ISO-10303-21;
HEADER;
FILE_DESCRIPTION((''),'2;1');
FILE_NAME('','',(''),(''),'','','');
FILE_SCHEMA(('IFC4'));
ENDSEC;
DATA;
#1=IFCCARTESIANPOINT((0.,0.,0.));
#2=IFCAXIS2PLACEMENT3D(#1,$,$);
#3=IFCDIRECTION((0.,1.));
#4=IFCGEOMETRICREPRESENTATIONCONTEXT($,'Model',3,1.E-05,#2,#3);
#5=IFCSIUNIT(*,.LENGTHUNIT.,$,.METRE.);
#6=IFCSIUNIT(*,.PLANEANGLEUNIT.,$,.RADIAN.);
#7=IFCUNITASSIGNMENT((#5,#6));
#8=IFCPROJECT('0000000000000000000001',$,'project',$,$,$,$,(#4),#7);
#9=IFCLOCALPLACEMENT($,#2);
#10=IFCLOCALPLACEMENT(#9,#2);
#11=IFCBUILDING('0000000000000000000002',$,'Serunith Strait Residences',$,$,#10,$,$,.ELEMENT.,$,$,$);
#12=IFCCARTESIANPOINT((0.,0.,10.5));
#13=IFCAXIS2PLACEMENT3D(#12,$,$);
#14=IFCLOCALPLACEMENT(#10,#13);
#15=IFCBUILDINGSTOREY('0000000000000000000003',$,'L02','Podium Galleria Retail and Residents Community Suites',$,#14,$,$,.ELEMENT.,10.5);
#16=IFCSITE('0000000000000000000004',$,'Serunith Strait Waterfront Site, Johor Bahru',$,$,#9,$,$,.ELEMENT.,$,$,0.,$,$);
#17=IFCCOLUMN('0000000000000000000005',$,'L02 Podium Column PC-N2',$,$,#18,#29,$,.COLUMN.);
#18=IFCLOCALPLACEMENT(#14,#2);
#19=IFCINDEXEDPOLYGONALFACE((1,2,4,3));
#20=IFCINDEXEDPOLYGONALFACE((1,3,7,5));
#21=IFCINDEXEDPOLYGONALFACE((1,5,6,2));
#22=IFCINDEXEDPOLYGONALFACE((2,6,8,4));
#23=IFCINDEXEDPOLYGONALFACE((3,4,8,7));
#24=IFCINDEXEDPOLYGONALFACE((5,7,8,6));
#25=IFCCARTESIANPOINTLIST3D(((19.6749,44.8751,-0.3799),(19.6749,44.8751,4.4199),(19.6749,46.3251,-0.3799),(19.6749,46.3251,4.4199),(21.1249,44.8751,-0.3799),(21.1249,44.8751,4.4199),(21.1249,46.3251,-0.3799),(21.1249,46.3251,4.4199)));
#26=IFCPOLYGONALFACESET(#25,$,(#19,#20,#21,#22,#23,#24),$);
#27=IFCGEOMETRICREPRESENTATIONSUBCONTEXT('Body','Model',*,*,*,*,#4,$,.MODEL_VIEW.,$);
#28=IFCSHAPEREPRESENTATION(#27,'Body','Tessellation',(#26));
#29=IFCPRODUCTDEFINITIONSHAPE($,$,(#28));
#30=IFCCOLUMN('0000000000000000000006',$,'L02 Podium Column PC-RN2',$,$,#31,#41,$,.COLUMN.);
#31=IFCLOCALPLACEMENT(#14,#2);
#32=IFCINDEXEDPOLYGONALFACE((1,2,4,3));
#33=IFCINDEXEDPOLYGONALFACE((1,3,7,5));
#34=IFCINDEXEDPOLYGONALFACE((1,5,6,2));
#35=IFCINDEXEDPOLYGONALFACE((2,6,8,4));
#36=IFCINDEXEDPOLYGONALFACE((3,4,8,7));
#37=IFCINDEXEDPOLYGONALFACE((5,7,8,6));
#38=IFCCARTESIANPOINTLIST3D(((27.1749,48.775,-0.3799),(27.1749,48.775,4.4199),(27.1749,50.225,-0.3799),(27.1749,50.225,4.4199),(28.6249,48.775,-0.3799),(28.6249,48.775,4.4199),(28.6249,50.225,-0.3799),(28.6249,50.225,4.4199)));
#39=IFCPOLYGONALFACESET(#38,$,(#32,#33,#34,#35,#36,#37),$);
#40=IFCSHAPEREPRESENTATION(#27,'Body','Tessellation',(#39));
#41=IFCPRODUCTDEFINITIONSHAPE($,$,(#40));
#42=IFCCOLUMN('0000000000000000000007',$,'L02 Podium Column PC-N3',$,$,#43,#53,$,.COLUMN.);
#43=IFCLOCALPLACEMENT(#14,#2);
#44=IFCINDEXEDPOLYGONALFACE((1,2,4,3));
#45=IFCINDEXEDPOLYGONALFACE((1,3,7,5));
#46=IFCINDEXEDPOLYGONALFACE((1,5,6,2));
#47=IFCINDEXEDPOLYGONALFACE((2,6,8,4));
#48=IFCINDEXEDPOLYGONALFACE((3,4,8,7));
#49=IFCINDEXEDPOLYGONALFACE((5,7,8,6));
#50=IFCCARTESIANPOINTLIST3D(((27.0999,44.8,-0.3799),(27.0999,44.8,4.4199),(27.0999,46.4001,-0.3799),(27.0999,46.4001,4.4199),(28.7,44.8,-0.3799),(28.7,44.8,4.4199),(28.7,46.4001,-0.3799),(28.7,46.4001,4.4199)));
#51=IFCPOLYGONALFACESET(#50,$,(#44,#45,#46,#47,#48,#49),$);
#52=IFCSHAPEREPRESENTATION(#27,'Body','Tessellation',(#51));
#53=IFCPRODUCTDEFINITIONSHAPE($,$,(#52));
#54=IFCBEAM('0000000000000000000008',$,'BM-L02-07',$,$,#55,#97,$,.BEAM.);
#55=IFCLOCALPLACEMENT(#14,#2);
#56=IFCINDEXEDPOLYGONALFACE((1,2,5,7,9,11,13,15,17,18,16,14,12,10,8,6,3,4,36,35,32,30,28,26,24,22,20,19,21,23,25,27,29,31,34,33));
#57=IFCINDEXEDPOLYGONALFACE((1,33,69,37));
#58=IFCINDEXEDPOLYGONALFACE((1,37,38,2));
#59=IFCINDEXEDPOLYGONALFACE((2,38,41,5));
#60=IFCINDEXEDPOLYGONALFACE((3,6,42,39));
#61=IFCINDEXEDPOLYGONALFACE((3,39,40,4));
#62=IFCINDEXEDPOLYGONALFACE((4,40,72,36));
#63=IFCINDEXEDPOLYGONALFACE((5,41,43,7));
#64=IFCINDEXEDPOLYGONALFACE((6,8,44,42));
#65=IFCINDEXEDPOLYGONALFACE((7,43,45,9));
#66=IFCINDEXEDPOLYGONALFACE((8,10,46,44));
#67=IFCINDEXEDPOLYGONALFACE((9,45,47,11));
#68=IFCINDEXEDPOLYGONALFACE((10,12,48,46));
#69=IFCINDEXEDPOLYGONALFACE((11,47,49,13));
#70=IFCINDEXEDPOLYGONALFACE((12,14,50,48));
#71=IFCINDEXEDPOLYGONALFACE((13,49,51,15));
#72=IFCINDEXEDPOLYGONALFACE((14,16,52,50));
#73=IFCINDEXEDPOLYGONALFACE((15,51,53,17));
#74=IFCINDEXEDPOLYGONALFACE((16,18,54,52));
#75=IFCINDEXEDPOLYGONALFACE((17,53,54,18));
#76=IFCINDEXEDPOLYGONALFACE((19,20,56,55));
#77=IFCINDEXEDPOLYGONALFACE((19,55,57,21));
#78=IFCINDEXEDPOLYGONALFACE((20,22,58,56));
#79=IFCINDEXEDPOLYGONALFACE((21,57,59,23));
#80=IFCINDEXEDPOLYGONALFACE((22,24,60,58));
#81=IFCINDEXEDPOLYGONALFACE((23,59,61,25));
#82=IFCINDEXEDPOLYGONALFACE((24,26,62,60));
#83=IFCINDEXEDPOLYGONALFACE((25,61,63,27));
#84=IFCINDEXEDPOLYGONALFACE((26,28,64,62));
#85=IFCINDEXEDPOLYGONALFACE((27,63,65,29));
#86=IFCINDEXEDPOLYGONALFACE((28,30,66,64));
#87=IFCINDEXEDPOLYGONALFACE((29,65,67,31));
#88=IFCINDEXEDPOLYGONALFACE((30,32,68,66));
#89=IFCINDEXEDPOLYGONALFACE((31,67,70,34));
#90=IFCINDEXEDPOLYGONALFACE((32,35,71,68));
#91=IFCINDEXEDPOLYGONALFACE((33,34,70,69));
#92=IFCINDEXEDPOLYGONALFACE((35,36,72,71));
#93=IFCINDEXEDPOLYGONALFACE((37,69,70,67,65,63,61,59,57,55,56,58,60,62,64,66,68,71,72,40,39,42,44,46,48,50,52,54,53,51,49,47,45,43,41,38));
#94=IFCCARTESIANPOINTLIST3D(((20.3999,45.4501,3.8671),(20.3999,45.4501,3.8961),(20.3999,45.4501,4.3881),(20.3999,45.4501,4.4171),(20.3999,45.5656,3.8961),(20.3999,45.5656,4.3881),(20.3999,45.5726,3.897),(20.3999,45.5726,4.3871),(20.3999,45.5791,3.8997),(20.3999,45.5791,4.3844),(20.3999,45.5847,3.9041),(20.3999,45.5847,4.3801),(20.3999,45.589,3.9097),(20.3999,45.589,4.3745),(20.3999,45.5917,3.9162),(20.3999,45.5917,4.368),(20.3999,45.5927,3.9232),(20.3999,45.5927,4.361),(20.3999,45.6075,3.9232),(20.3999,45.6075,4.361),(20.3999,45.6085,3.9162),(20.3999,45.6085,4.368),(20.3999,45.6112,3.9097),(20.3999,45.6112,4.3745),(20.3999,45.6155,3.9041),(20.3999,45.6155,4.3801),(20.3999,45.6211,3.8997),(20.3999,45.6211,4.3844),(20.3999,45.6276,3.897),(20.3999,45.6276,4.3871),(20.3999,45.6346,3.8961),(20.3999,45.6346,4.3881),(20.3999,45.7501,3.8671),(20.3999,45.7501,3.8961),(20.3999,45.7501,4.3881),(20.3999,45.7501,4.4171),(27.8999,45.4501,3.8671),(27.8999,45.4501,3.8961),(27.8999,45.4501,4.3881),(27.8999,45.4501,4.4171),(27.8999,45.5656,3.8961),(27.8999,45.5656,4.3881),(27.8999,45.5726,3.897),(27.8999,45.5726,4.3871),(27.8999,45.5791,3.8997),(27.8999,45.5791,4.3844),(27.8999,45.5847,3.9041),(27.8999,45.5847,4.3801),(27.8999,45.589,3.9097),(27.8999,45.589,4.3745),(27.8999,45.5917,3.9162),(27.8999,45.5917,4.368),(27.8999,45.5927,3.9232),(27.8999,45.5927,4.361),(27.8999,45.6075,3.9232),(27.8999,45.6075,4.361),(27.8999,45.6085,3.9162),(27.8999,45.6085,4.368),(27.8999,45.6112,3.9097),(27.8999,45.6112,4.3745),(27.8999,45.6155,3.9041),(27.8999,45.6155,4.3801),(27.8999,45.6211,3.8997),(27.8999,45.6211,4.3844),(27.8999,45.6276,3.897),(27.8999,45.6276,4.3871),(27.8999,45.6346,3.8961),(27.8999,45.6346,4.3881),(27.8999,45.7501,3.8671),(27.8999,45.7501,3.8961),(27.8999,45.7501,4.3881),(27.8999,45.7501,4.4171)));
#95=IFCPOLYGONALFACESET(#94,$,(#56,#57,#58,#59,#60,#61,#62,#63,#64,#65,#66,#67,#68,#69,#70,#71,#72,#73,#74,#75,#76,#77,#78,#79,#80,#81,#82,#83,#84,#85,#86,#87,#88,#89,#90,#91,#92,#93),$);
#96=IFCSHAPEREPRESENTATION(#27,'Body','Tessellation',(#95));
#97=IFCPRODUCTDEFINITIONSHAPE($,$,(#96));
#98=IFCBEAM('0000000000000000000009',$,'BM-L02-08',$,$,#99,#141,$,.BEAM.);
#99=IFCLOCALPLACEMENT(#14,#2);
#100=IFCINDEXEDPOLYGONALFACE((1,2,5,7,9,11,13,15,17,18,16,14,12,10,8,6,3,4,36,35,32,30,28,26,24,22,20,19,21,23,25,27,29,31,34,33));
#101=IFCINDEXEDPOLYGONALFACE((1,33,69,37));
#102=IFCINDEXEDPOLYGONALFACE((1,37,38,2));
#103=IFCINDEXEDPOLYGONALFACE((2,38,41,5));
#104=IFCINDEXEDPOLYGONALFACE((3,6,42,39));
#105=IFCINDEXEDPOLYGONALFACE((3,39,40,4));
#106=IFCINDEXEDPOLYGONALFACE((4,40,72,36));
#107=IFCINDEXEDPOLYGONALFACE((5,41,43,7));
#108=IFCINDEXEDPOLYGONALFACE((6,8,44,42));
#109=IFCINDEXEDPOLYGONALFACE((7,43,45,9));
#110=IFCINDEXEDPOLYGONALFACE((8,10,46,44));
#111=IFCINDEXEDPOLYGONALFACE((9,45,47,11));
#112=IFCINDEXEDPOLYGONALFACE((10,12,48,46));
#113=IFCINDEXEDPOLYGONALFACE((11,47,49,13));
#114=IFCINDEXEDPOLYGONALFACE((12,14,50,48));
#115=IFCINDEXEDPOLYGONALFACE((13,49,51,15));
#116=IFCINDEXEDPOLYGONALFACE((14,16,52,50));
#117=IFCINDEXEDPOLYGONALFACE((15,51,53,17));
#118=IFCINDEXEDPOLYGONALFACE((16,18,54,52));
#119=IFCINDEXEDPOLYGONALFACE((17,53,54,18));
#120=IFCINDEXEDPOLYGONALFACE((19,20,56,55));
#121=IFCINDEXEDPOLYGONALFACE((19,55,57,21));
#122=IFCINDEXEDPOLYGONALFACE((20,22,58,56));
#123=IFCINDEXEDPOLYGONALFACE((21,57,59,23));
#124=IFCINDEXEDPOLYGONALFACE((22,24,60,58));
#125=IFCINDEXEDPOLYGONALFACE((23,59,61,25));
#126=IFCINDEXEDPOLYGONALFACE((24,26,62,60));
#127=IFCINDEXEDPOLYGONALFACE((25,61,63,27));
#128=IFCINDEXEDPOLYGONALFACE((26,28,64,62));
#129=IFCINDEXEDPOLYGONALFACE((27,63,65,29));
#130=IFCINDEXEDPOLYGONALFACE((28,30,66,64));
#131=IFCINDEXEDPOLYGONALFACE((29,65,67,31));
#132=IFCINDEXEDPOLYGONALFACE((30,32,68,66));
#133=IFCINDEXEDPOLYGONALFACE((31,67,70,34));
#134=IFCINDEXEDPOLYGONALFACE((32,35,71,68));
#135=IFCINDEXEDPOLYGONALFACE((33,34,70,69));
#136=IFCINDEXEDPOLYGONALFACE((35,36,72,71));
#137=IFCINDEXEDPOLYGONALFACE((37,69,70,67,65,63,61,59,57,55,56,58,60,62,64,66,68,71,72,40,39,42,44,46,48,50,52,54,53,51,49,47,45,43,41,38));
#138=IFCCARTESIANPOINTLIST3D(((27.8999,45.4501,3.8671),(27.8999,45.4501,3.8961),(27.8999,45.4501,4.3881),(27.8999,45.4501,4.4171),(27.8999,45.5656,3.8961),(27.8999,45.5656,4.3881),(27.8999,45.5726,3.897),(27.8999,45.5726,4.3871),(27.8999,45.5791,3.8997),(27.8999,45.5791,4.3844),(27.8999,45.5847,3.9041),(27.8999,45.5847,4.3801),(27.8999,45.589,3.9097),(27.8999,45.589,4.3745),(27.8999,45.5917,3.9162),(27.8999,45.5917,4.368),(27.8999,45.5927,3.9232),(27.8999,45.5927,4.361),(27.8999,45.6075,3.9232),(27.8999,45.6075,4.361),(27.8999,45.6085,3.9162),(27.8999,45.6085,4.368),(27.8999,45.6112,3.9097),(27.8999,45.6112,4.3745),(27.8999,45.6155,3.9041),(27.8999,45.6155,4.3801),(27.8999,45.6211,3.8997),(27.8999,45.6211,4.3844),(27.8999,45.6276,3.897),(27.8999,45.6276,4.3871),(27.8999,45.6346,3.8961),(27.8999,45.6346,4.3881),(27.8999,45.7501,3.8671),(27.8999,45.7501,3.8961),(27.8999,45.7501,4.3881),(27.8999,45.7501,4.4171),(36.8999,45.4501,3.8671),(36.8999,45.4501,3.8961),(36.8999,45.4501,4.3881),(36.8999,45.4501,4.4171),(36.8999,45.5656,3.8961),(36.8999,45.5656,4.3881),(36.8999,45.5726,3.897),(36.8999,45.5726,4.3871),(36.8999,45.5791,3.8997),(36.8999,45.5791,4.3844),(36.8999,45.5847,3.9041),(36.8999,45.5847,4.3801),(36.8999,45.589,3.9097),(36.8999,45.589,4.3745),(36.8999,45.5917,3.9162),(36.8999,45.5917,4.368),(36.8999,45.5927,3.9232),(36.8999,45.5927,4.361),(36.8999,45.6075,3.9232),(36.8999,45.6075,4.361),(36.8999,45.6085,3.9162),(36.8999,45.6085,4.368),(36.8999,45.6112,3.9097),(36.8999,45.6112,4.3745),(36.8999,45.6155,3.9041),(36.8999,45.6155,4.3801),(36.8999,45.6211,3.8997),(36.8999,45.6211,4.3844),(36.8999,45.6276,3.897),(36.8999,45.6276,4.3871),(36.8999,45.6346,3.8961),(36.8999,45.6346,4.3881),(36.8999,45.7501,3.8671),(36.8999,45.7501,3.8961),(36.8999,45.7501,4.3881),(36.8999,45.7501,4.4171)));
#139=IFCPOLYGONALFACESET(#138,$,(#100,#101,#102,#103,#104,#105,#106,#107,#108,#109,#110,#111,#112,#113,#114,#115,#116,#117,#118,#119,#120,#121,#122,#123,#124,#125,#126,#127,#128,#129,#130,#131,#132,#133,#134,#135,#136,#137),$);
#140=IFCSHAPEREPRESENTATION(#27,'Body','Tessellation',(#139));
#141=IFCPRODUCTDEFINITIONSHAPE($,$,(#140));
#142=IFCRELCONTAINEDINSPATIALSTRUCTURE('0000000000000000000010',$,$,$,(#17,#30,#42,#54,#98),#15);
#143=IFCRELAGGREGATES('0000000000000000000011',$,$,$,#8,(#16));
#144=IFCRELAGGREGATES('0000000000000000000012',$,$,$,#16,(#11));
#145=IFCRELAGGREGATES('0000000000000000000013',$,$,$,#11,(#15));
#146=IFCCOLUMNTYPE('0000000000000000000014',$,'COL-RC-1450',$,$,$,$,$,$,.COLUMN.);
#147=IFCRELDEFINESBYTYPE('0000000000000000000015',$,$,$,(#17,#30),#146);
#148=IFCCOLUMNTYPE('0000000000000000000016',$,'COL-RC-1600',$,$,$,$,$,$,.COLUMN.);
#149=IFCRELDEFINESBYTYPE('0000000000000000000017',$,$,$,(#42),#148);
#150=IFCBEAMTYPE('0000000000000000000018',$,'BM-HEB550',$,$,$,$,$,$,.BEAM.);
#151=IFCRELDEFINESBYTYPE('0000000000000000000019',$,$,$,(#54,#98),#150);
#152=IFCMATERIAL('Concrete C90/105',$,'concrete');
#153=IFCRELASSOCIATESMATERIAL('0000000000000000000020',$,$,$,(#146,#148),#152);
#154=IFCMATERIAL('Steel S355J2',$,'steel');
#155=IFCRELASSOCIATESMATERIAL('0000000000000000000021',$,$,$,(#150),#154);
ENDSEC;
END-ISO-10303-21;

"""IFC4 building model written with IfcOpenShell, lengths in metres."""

from ifc_helpers import new_model, si_unit, direction, frame, origin, origin_2d, place, context, subcontext, project, spatial, rectangle, i_section, extrude, source, transform, mapped, material, material_profile, profile_set, type_object, element, save


model = new_model("IFC4")

# Units and contexts
model_context = context("Model", 3, precision=1e-05, world=origin(), true_north=direction((0.0, 1.0)))
body_context = subcontext(model_context, "Body", "Model", "MODEL_VIEW")
ifc_project = project(units=[si_unit("LENGTHUNIT", "METRE"), si_unit("PLANEANGLEUNIT", "RADIAN")], contexts=[model_context])

# Site, building, storey
site_placement = place(None, origin())
site = spatial("IfcSite", under=ifc_project, at=site_placement, Name="Serunith Strait Waterfront Site, Johor Bahru", CompositionType="ELEMENT", RefElevation=0.0)
building_placement = place(site_placement, origin())
building = spatial("IfcBuilding", under=site, at=building_placement, Name="Serunith Strait Residences", CompositionType="ELEMENT")
storey_placement = place(building_placement, frame((0.0, 0.0, 10.5)))
storey = spatial("IfcBuildingStorey", under=building, at=storey_placement, Name="L02", Description="Podium Galleria Retail and Residents Community Suites", CompositionType="ELEMENT", Elevation=10.5)

# Columns
ifc_material_1 = material(Name="Concrete C90/105", Category="concrete")
ifc_material_profile_1 = material_profile(ifc_material_1, rectangle(XDim=1.45, YDim=1.45, at=origin_2d()), Name="RC 1450x1450")
ifc_profile_set_1 = profile_set([ifc_material_profile_1], Name="Concrete C90/105")
column_type_1 = type_object("IfcColumnType", Name="COL-RC-1450", PredefinedType="COLUMN", material=ifc_profile_set_1)
shared_shape_1 = source(origin(), body_context, "Body", "SweptSolid", [
    extrude(rectangle(XDim=1.45, YDim=1.45, at=origin_2d()), origin(), (0.0, 0.0, 1.0), 4.7998),
])
for number, where, z_axis, x_axis, name in (
    (1, (20.3999, 45.6001, -0.3799), (0.0, 0.0, 1.0), (1.0, 0.0, 0.0), "L02 Podium Column PC-N2"),
    (2, (27.8999, 49.5, -0.3799), (0.0, 0.0, 1.0), (1.0, 0.0, 0.0), "L02 Podium Column PC-RN2"),
):
    element("IfcColumn", number, at=place(storey_placement, frame(where, z_axis=z_axis, x_axis=x_axis)), inside=storey, type_object=column_type_1, Name=name, PredefinedType="COLUMN", context=body_context, shape_type="MappedRepresentation", body=[
        mapped(shared_shape_1, transform((0.0, 0.0, 0.0), scale=1.0)),
    ])
ifc_material_profile_2 = material_profile(ifc_material_1, rectangle(XDim=1.6001, YDim=1.6001, at=origin_2d()), Name="RC 1600x1600")
ifc_profile_set_2 = profile_set([ifc_material_profile_2], Name="Concrete C90/105")
column_type_2 = type_object("IfcColumnType", Name="COL-RC-1600", PredefinedType="COLUMN", material=ifc_profile_set_2)
shared_shape_2 = source(origin(), body_context, "Body", "SweptSolid", [
    extrude(rectangle(XDim=1.6001, YDim=1.6001, at=origin_2d()), origin(), (0.0, 0.0, 1.0), 4.7998),
])
column_placement = place(storey_placement, frame((27.8999, 45.6001, -0.3799), z_axis=(0.0, 0.0, 1.0), x_axis=(1.0, 0.0, 0.0)))
element("IfcColumn", 3, at=column_placement, inside=storey, type_object=column_type_2, Name="L02 Podium Column PC-N3", PredefinedType="COLUMN", context=body_context, shape_type="MappedRepresentation", body=[
    mapped(shared_shape_2, transform((0.0, 0.0, 0.0), scale=1.0)),
])

# Beams
ifc_material_2 = material(Name="Steel S355J2", Category="steel")
ifc_material_profile_3 = material_profile(ifc_material_2, i_section(OverallWidth=0.3, OverallDepth=0.55, WebThickness=0.0149, FlangeThickness=0.0291, FilletRadius=0.0271, at=origin_2d()), Name="HEB 550")
ifc_profile_set_3 = profile_set([ifc_material_profile_3], Name="Steel S355J2")
beam_type = type_object("IfcBeamType", Name="BM-HEB550", PredefinedType="BEAM", material=ifc_profile_set_3)
shared_shape_3 = source(origin(), body_context, "Body", "SweptSolid", [
    extrude(i_section(OverallWidth=0.3, OverallDepth=0.55, WebThickness=0.0149, FlangeThickness=0.0291, FilletRadius=0.0271, at=origin_2d()), origin(), (0.0, 0.0, 1.0), 7.5),
])
beam_1_placement = place(storey_placement, frame((20.3999, 45.6001, 4.1421), z_axis=(1.0, 0.0, 0.0), x_axis=(0.0, 1.0, 0.0)))
element("IfcBeam", 4, at=beam_1_placement, inside=storey, type_object=beam_type, Name="BM-L02-07", PredefinedType="BEAM", context=body_context, shape_type="MappedRepresentation", body=[
    mapped(shared_shape_3, transform((0.0, 0.0, 0.0), scale=1.0)),
])
shared_shape_4 = source(origin(), body_context, "Body", "SweptSolid", [
    extrude(i_section(OverallWidth=0.3, OverallDepth=0.55, WebThickness=0.0149, FlangeThickness=0.0291, FilletRadius=0.0271, at=origin_2d()), origin(), (0.0, 0.0, 1.0), 9.0),
])
beam_2_placement = place(storey_placement, frame((27.8999, 45.6001, 4.1421), z_axis=(1.0, 0.0, 0.0), x_axis=(0.0, 1.0, 0.0)))
element("IfcBeam", 5, at=beam_2_placement, inside=storey, type_object=beam_type, Name="BM-L02-08", PredefinedType="BEAM", context=body_context, shape_type="MappedRepresentation", body=[
    mapped(shared_shape_4, transform((0.0, 0.0, 0.0), scale=1.0)),
])

save(model, "model.ifc")
